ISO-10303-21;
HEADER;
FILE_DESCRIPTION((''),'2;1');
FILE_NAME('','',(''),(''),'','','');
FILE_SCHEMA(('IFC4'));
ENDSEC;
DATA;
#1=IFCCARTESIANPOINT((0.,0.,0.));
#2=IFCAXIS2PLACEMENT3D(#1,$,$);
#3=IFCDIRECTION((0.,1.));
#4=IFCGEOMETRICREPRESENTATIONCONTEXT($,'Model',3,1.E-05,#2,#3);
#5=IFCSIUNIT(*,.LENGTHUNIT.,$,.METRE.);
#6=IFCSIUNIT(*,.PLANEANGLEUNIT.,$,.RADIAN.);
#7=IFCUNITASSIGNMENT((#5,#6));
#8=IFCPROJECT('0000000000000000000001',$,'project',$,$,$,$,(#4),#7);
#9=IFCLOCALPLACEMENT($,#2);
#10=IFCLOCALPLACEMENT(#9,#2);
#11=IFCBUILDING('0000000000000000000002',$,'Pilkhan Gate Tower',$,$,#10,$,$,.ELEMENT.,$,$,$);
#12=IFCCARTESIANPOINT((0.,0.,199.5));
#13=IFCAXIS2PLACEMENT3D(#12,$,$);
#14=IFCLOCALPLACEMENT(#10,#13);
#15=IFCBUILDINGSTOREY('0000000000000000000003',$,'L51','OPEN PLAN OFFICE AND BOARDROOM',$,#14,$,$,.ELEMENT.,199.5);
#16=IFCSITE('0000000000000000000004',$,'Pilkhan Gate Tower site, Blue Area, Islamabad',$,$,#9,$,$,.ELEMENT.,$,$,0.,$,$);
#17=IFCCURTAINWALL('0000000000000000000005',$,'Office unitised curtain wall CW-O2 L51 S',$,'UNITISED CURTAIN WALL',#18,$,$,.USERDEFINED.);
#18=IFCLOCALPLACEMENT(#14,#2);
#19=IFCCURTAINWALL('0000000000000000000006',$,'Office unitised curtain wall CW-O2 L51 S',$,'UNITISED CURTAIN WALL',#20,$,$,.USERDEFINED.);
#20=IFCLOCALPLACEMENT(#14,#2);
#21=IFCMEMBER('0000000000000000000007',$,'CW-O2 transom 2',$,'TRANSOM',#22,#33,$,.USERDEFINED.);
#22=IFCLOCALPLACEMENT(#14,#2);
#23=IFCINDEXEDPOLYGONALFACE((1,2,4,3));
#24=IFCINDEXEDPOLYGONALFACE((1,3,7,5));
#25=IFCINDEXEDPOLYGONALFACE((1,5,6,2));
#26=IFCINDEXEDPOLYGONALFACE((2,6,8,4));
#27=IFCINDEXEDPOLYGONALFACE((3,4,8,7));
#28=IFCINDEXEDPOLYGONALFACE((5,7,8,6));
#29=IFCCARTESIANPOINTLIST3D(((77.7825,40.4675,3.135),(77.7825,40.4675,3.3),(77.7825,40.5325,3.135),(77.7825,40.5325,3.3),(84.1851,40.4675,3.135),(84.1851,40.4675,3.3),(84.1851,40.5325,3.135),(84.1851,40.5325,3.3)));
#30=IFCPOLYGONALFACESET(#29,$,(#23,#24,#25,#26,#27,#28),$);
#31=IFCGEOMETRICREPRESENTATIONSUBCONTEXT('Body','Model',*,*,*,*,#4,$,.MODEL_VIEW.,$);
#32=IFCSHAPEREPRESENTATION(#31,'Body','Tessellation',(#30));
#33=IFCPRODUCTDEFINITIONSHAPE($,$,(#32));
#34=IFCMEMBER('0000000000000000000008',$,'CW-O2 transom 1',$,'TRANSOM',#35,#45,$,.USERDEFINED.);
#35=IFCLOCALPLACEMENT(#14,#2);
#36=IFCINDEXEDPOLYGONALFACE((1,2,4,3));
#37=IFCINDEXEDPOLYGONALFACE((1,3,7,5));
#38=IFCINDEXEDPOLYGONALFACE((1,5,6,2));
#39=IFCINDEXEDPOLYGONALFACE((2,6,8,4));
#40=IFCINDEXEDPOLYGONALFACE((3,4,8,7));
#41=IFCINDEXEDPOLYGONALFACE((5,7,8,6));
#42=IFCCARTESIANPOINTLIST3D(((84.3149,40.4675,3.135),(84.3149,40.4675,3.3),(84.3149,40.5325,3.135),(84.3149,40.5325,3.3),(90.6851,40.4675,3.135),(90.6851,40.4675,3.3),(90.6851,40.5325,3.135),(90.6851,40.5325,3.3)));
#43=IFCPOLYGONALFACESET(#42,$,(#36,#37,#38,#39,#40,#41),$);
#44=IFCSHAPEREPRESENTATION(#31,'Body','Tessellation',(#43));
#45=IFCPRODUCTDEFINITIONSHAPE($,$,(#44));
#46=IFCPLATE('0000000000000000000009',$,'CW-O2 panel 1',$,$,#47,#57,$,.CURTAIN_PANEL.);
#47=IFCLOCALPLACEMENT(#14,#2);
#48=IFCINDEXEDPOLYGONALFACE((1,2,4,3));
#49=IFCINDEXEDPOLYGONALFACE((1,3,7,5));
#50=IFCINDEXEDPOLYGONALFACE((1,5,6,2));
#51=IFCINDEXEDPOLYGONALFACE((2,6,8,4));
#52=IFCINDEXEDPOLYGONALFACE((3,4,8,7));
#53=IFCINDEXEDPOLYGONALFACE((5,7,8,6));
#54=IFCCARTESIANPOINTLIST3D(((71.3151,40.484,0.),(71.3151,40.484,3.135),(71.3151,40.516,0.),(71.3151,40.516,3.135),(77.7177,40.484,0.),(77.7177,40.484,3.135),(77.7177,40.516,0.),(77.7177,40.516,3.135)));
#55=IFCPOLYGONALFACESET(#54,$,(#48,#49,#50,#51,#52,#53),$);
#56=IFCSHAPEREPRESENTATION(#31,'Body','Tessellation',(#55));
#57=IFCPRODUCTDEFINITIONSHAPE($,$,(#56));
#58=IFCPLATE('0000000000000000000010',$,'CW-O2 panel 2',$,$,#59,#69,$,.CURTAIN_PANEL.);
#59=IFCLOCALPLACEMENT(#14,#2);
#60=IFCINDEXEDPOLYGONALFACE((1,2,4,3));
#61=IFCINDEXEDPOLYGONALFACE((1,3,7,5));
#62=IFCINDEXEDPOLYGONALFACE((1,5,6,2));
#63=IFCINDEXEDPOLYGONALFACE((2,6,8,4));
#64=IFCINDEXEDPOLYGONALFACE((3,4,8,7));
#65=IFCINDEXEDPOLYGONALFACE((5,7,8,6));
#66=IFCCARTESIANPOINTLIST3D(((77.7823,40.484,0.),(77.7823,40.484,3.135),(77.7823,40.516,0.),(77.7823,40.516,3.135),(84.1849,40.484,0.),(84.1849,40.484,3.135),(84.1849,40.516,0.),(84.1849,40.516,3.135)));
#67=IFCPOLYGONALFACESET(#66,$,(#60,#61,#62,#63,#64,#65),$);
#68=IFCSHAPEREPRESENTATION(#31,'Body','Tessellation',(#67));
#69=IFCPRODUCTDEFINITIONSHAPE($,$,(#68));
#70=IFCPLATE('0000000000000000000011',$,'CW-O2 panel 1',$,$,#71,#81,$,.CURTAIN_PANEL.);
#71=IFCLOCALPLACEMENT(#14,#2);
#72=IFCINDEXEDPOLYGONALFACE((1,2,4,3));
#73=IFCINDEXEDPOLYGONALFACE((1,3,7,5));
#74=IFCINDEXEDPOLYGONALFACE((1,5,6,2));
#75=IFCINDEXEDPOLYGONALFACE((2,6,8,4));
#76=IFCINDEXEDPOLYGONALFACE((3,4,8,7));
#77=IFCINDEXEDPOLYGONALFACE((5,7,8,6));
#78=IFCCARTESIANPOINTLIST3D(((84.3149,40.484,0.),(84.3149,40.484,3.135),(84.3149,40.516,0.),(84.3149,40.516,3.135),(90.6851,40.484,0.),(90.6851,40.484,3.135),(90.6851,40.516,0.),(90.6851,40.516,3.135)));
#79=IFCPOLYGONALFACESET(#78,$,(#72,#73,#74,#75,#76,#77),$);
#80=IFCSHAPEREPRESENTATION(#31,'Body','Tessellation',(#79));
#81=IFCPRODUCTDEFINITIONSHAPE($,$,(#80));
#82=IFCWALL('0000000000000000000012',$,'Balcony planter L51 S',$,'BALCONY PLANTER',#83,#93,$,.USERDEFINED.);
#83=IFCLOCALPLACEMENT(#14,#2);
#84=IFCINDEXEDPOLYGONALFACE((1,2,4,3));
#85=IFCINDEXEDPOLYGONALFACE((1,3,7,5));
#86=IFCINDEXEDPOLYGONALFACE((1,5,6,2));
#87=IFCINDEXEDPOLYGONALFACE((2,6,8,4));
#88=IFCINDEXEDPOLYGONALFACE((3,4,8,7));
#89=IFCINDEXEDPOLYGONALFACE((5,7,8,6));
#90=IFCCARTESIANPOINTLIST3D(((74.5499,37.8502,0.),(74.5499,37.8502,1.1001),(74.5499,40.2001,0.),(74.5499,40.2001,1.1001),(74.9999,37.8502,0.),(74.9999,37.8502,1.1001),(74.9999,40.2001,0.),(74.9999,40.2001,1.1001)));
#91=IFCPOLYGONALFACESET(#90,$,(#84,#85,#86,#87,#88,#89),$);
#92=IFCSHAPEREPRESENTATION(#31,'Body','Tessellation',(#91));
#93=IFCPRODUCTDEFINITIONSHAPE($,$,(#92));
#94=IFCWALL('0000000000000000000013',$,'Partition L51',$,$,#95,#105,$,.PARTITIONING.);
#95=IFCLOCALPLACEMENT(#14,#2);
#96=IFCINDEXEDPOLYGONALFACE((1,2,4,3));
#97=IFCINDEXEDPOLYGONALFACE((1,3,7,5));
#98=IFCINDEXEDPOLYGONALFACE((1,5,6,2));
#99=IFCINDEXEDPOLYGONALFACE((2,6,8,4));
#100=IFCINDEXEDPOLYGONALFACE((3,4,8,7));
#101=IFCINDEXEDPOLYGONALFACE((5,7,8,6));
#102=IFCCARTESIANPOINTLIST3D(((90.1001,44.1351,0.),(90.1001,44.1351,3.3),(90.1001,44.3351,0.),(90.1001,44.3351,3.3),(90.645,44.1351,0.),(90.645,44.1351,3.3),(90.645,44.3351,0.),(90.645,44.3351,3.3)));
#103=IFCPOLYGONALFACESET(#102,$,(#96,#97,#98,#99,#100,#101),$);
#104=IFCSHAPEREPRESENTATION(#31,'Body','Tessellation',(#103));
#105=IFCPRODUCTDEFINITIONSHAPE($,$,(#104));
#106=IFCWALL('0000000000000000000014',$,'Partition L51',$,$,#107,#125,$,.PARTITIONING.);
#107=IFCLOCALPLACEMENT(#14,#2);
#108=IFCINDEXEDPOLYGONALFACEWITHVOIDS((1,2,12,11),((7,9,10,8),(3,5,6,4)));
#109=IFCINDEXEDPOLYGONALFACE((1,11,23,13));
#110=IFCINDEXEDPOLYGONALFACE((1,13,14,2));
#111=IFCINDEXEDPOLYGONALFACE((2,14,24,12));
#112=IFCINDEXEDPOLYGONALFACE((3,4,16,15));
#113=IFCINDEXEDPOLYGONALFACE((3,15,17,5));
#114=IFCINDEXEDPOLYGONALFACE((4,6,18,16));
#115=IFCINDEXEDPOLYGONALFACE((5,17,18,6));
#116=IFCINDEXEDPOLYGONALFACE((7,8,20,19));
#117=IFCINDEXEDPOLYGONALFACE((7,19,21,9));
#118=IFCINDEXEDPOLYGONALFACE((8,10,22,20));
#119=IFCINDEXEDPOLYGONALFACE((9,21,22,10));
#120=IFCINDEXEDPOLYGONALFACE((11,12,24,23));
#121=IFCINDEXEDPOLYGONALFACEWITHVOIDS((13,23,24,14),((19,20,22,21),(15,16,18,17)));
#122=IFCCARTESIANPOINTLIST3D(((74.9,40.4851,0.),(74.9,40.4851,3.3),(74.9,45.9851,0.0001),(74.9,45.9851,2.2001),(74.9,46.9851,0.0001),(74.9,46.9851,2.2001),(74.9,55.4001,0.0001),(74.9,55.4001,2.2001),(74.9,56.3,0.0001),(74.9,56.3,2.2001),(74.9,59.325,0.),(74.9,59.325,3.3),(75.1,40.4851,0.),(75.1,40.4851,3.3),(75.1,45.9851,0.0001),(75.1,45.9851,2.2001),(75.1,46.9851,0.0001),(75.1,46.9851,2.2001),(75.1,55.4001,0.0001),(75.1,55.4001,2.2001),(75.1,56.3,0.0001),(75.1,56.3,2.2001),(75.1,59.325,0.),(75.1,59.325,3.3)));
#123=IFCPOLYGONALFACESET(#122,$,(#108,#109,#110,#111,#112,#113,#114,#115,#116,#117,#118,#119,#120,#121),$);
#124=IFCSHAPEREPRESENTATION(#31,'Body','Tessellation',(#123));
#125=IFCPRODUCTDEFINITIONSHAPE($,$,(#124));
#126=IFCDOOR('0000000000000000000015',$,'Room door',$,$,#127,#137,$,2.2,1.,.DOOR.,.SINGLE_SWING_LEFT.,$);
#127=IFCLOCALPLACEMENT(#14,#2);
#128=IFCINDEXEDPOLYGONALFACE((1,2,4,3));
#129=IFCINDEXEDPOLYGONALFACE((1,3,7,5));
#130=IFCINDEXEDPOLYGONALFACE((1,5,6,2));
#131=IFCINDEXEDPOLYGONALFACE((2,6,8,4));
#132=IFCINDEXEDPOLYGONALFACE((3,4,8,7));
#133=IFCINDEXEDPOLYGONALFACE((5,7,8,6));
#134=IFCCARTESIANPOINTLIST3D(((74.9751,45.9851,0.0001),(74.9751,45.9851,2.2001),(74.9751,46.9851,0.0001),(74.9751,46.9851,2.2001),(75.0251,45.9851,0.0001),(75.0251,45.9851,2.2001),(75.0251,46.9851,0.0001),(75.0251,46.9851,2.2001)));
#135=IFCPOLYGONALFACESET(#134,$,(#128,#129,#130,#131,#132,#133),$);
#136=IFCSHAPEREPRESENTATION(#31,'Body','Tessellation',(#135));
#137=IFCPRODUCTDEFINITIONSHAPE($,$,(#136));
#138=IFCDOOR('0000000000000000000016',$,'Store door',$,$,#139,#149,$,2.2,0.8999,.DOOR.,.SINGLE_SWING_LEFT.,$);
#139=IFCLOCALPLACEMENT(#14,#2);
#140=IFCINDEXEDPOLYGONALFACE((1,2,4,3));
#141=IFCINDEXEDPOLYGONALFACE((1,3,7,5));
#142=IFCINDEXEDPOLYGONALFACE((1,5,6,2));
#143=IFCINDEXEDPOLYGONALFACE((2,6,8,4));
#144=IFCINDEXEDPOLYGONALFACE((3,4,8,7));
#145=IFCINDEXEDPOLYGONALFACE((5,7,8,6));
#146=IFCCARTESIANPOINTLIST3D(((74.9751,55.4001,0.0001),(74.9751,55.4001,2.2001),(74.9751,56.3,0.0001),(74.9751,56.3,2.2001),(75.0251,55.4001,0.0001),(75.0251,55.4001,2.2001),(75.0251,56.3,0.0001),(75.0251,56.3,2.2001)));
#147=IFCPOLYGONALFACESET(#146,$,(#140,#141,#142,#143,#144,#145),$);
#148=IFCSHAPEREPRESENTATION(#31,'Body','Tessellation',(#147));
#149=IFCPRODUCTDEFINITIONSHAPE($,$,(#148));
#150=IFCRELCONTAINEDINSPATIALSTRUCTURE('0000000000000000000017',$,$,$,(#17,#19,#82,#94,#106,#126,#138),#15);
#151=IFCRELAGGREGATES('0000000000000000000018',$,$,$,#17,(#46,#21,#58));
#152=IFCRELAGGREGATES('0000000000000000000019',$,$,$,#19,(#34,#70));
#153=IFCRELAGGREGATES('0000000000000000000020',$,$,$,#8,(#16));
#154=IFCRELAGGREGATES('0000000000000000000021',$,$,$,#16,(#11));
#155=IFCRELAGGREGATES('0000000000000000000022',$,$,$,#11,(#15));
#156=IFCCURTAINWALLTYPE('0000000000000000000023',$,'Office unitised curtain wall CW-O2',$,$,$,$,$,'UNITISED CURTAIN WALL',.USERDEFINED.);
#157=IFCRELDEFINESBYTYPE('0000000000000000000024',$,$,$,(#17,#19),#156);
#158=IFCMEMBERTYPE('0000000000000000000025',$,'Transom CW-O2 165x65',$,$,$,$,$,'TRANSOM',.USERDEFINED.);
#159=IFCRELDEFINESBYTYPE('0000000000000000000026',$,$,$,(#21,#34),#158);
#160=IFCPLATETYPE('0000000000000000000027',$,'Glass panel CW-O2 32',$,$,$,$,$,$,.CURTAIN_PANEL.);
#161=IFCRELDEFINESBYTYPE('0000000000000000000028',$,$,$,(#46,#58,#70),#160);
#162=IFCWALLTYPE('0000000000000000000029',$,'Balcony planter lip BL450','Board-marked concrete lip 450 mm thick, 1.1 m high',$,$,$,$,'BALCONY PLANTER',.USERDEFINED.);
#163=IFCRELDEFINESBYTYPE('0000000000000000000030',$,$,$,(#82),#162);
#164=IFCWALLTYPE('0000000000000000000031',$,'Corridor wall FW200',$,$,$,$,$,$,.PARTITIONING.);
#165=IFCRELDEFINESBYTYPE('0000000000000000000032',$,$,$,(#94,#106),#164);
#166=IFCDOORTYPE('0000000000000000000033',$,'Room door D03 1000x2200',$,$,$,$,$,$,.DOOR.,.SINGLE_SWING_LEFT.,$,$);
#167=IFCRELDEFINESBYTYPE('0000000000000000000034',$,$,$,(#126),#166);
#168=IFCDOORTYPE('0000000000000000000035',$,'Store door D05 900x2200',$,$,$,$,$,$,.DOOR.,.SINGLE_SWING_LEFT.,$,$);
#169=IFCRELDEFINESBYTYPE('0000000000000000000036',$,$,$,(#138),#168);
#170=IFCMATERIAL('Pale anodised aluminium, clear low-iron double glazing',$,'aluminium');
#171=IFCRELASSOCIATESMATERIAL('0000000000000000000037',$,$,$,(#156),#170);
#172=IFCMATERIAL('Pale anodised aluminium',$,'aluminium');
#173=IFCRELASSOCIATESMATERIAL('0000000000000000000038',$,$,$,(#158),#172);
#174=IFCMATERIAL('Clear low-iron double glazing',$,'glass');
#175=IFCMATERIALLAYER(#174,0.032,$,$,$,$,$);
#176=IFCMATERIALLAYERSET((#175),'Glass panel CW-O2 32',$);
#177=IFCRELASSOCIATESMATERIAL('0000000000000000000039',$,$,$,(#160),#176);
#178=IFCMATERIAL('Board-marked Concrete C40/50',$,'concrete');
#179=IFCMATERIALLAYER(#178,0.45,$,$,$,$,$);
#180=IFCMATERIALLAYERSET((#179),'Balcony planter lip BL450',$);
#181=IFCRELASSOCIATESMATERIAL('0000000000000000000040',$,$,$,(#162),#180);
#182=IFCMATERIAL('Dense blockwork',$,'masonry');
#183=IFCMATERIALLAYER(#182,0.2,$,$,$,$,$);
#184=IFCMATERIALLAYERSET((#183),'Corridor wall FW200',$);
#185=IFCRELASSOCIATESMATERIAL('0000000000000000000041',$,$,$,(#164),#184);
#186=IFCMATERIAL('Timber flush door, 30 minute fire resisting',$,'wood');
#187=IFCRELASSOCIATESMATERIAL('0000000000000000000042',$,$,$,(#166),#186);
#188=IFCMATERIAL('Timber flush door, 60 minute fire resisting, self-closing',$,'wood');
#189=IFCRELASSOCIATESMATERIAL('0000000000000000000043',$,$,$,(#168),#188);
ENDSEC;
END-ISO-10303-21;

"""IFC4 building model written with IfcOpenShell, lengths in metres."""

from ifc_helpers import new_model, si_unit, direction, frame, frame_2d, origin, origin_2d, place, context, subcontext, project, spatial, rectangle, extrude, material, layer, layer_set, material_profile, profile_set, type_object, element, fill, aggregate, save


model = new_model("IFC4")

# Units and contexts
model_context = context("Model", 3, precision=1e-05, world=origin(), true_north=direction((0.0, 1.0)))
body_context = subcontext(model_context, "Body", "Model", "MODEL_VIEW")
ifc_project = project(units=[si_unit("LENGTHUNIT", "METRE"), si_unit("PLANEANGLEUNIT", "RADIAN")], contexts=[model_context])

# Site, building, storey
site_placement = place(None, origin())
site = spatial("IfcSite", under=ifc_project, at=site_placement, Name="Pilkhan Gate Tower site, Blue Area, Islamabad", CompositionType="ELEMENT", RefElevation=0.0)
building_placement = place(site_placement, origin())
building = spatial("IfcBuilding", under=site, at=building_placement, Name="Pilkhan Gate Tower", CompositionType="ELEMENT")
storey_placement = place(building_placement, frame((0.0, 0.0, 199.5)))
storey = spatial("IfcBuildingStorey", under=building, at=storey_placement, Name="L51", Description="OPEN PLAN OFFICE AND BOARDROOM", CompositionType="ELEMENT", Elevation=199.5)

# Curtain walls
ifc_material_1 = material(Name="Pale anodised aluminium, clear low-iron double glazing", Category="aluminium")
curtain_wall_type = type_object("IfcCurtainWallType", Name="Office unitised curtain wall CW-O2", ElementType="UNITISED CURTAIN WALL", PredefinedType="USERDEFINED", material=ifc_material_1)
curtain_wall_1_placement = place(storey_placement, origin())
curtain_wall_1 = element("IfcCurtainWall", 1, at=curtain_wall_1_placement, inside=storey, type_object=curtain_wall_type, Name="Office unitised curtain wall CW-O2 L51 S", ObjectType="UNITISED CURTAIN WALL", PredefinedType="USERDEFINED")
ifc_material_2 = material(Name="Pale anodised aluminium", Category="aluminium")
curtain_wall_2_placement = place(storey_placement, origin())
curtain_wall_2 = element("IfcCurtainWall", 2, at=curtain_wall_2_placement, inside=storey, type_object=curtain_wall_type, Name="Office unitised curtain wall CW-O2 L51 S", ObjectType="UNITISED CURTAIN WALL", PredefinedType="USERDEFINED")

# Members
ifc_material_profile_1 = material_profile(ifc_material_2, rectangle(XDim=0.0649, YDim=0.165, at=origin_2d()), Name="Transom 165x65")
ifc_profile_set_1 = profile_set([ifc_material_profile_1], Name="Pale anodised aluminium")
member_type_1 = type_object("IfcMemberType", Name="Transom CW-O2 165x65", ElementType="TRANSOM", PredefinedType="USERDEFINED", material=ifc_profile_set_1)
member_1_placement = place(storey_placement, frame((77.7825, 40.5, 3.2175), z_axis=(1.0, 0.0, 0.0), x_axis=(0.0, 1.0, 0.0)))
member_1 = element("IfcMember", 3, at=member_1_placement, type_object=member_type_1, Name="CW-O2 transom 2", ObjectType="TRANSOM", PredefinedType="USERDEFINED", context=body_context, shape_type="SweptSolid", body=[
    extrude(rectangle(XDim=0.0649, YDim=0.165, at=origin_2d()), origin(), (0.0, 0.0, 1.0), 6.4026),
])
member_2_placement = place(storey_placement, frame((84.3149, 40.5, 3.2175), z_axis=(1.0, 0.0, 0.0), x_axis=(0.0, 1.0, 0.0)))
member_2 = element("IfcMember", 4, at=member_2_placement, type_object=member_type_1, Name="CW-O2 transom 1", ObjectType="TRANSOM", PredefinedType="USERDEFINED", context=body_context, shape_type="SweptSolid", body=[
    extrude(rectangle(XDim=0.0649, YDim=0.165, at=origin_2d()), origin(), (0.0, 0.0, 1.0), 6.3701),
])

# Plates
ifc_material_3 = material(Name="Clear low-iron double glazing", Category="glass")
ifc_layer_1 = layer(ifc_material_3, 0.032)
ifc_layer_set_1 = layer_set([ifc_layer_1], Name="Glass panel CW-O2 32")
plate_type = type_object("IfcPlateType", Name="Glass panel CW-O2 32", PredefinedType="CURTAIN_PANEL", material=ifc_layer_set_1)
plate_1_placement = place(storey_placement, frame((74.5164, 40.5, 0.0), z_axis=(0.0, 0.0, 1.0), x_axis=(1.0, 0.0, 0.0)))
plate_1 = element("IfcPlate", 5, at=plate_1_placement, type_object=plate_type, Name="CW-O2 panel 1", PredefinedType="CURTAIN_PANEL", context=body_context, shape_type="SweptSolid", body=[
    extrude(rectangle(XDim=6.4026, YDim=0.032, at=origin_2d()), origin(), (0.0, 0.0, 1.0), 3.135),
])
plate_2_placement = place(storey_placement, frame((80.9836, 40.5, 0.0), z_axis=(0.0, 0.0, 1.0), x_axis=(1.0, 0.0, 0.0)))
plate_2 = element("IfcPlate", 6, at=plate_2_placement, type_object=plate_type, Name="CW-O2 panel 2", PredefinedType="CURTAIN_PANEL", context=body_context, shape_type="SweptSolid", body=[
    extrude(rectangle(XDim=6.4026, YDim=0.032, at=origin_2d()), origin(), (0.0, 0.0, 1.0), 3.135),
])
aggregate(curtain_wall_1, [plate_1, member_1, plate_2])
plate_3_placement = place(storey_placement, frame((87.5, 40.5, 0.0), z_axis=(0.0, 0.0, 1.0), x_axis=(1.0, 0.0, 0.0)))
plate_3 = element("IfcPlate", 7, at=plate_3_placement, type_object=plate_type, Name="CW-O2 panel 1", PredefinedType="CURTAIN_PANEL", context=body_context, shape_type="SweptSolid", body=[
    extrude(rectangle(XDim=6.3701, YDim=0.032, at=origin_2d()), origin(), (0.0, 0.0, 1.0), 3.135),
])
aggregate(curtain_wall_2, [member_2, plate_3])

# Walls
ifc_material_4 = material(Name="Board-marked Concrete C40/50", Category="concrete")
ifc_layer_2 = layer(ifc_material_4, 0.45)
ifc_layer_set_2 = layer_set([ifc_layer_2], Name="Balcony planter lip BL450")
wall_type_1 = type_object("IfcWallType", Name="Balcony planter lip BL450", Description="Board-marked concrete lip 450 mm thick, 1.1 m high", ElementType="BALCONY PLANTER", PredefinedType="USERDEFINED", material=ifc_layer_set_2)
wall_1_placement = place(storey_placement, frame((74.7749, 40.2, 0.0), z_axis=(0.0, 0.0, 1.0), x_axis=(0.0, -1.0, 0.0)))
element("IfcWall", 8, at=wall_1_placement, inside=storey, type_object=wall_type_1, Name="Balcony planter L51 S", ObjectType="BALCONY PLANTER", PredefinedType="USERDEFINED", context=body_context, shape_type="SweptSolid", body=[
    extrude(rectangle(XDim=2.3499, YDim=0.45, at=frame_2d((1.1748, 0.0))), origin(), (0.0, 0.0, 1.0), 1.1001),
])
ifc_material_5 = material(Name="Dense blockwork", Category="masonry")
ifc_layer_3 = layer(ifc_material_5, 0.2)
ifc_layer_set_3 = layer_set([ifc_layer_3], Name="Corridor wall FW200")
wall_type_2 = type_object("IfcWallType", Name="Corridor wall FW200", PredefinedType="PARTITIONING", material=ifc_layer_set_3)
wall_2_placement = place(storey_placement, frame((90.1001, 44.2351, 0.0), z_axis=(0.0, 0.0, 1.0), x_axis=(1.0, 0.0, 0.0)))
element("IfcWall", 9, at=wall_2_placement, inside=storey, type_object=wall_type_2, Name="Partition L51", PredefinedType="PARTITIONING", context=body_context, shape_type="SweptSolid", body=[
    extrude(rectangle(XDim=0.5449, YDim=0.2, at=frame_2d((0.2725, 0.0))), origin(), (0.0, 0.0, 1.0), 3.3),
])

# Wall, openings, doors
wall_3_placement = place(storey_placement, frame((75.0, 40.4851, 0.0), z_axis=(0.0, 0.0, 1.0), x_axis=(0.0, 1.0, 0.0)))
wall_3 = element("IfcWall", 10, at=wall_3_placement, inside=storey, type_object=wall_type_2, Name="Partition L51", PredefinedType="PARTITIONING", context=body_context, shape_type="SweptSolid", body=[
    extrude(rectangle(XDim=18.8398, YDim=0.2, at=frame_2d((9.4199, 0.0))), origin(), (0.0, 0.0, 1.0), 3.3),
])
opening_1_placement = place(wall_3_placement, frame((5.5, 0.0, 0.0)))
opening_1 = element("IfcOpeningElement", 11, at=opening_1_placement, cuts=wall_3, PredefinedType="OPENING", context=body_context, shape_type="SweptSolid", body=[
    extrude(rectangle(XDim=1.0, YDim=2.2, at=frame_2d((0.5, 1.1001))), frame((0.0, 0.1099, 0.0), z_axis=(0.0, -1.0, 0.0), x_axis=(1.0, 0.0, 0.0)), (0.0, 0.0, 1.0), 0.22),
])
opening_2_placement = place(wall_3_placement, frame((14.915, 0.0, 0.0)))
opening_2 = element("IfcOpeningElement", 12, at=opening_2_placement, cuts=wall_3, PredefinedType="OPENING", context=body_context, shape_type="SweptSolid", body=[
    extrude(rectangle(XDim=0.8999, YDim=2.2, at=frame_2d((0.45, 1.1001))), frame((0.0, 0.1099, 0.0), z_axis=(0.0, -1.0, 0.0), x_axis=(1.0, 0.0, 0.0)), (0.0, 0.0, 1.0), 0.22),
])
ifc_material_6 = material(Name="Timber flush door, 30 minute fire resisting", Category="wood")
door_type_1 = type_object("IfcDoorType", Name="Room door D03 1000x2200", OperationType="SINGLE_SWING_LEFT", PredefinedType="DOOR", material=ifc_material_6)
door_1_placement = place(opening_1_placement, origin())
door_1 = element("IfcDoor", 13, at=door_1_placement, inside=storey, type_object=door_type_1, Name="Room door", OperationType="SINGLE_SWING_LEFT", OverallHeight=2.2, OverallWidth=1.0, PredefinedType="DOOR", context=body_context, shape_type="SweptSolid", body=[
    extrude(rectangle(XDim=1.0, YDim=2.2, at=frame_2d((0.5, 1.1001))), frame((0.0, 0.0249, 0.0), z_axis=(0.0, -1.0, 0.0), x_axis=(1.0, 0.0, 0.0)), (0.0, 0.0, 1.0), 0.05),
])
fill(opening_1, door_1)
ifc_material_7 = material(Name="Timber flush door, 60 minute fire resisting, self-closing", Category="wood")
door_type_2 = type_object("IfcDoorType", Name="Store door D05 900x2200", OperationType="SINGLE_SWING_LEFT", PredefinedType="DOOR", material=ifc_material_7)
door_2_placement = place(opening_2_placement, origin())
door_2 = element("IfcDoor", 14, at=door_2_placement, inside=storey, type_object=door_type_2, Name="Store door", OperationType="SINGLE_SWING_LEFT", OverallHeight=2.2, OverallWidth=0.8999, PredefinedType="DOOR", context=body_context, shape_type="SweptSolid", body=[
    extrude(rectangle(XDim=0.8999, YDim=2.2, at=frame_2d((0.45, 1.1001))), frame((0.0, 0.0249, 0.0), z_axis=(0.0, -1.0, 0.0), x_axis=(1.0, 0.0, 0.0)), (0.0, 0.0, 1.0), 0.05),
])
fill(opening_2, door_2)

save(model, "model.ifc")
